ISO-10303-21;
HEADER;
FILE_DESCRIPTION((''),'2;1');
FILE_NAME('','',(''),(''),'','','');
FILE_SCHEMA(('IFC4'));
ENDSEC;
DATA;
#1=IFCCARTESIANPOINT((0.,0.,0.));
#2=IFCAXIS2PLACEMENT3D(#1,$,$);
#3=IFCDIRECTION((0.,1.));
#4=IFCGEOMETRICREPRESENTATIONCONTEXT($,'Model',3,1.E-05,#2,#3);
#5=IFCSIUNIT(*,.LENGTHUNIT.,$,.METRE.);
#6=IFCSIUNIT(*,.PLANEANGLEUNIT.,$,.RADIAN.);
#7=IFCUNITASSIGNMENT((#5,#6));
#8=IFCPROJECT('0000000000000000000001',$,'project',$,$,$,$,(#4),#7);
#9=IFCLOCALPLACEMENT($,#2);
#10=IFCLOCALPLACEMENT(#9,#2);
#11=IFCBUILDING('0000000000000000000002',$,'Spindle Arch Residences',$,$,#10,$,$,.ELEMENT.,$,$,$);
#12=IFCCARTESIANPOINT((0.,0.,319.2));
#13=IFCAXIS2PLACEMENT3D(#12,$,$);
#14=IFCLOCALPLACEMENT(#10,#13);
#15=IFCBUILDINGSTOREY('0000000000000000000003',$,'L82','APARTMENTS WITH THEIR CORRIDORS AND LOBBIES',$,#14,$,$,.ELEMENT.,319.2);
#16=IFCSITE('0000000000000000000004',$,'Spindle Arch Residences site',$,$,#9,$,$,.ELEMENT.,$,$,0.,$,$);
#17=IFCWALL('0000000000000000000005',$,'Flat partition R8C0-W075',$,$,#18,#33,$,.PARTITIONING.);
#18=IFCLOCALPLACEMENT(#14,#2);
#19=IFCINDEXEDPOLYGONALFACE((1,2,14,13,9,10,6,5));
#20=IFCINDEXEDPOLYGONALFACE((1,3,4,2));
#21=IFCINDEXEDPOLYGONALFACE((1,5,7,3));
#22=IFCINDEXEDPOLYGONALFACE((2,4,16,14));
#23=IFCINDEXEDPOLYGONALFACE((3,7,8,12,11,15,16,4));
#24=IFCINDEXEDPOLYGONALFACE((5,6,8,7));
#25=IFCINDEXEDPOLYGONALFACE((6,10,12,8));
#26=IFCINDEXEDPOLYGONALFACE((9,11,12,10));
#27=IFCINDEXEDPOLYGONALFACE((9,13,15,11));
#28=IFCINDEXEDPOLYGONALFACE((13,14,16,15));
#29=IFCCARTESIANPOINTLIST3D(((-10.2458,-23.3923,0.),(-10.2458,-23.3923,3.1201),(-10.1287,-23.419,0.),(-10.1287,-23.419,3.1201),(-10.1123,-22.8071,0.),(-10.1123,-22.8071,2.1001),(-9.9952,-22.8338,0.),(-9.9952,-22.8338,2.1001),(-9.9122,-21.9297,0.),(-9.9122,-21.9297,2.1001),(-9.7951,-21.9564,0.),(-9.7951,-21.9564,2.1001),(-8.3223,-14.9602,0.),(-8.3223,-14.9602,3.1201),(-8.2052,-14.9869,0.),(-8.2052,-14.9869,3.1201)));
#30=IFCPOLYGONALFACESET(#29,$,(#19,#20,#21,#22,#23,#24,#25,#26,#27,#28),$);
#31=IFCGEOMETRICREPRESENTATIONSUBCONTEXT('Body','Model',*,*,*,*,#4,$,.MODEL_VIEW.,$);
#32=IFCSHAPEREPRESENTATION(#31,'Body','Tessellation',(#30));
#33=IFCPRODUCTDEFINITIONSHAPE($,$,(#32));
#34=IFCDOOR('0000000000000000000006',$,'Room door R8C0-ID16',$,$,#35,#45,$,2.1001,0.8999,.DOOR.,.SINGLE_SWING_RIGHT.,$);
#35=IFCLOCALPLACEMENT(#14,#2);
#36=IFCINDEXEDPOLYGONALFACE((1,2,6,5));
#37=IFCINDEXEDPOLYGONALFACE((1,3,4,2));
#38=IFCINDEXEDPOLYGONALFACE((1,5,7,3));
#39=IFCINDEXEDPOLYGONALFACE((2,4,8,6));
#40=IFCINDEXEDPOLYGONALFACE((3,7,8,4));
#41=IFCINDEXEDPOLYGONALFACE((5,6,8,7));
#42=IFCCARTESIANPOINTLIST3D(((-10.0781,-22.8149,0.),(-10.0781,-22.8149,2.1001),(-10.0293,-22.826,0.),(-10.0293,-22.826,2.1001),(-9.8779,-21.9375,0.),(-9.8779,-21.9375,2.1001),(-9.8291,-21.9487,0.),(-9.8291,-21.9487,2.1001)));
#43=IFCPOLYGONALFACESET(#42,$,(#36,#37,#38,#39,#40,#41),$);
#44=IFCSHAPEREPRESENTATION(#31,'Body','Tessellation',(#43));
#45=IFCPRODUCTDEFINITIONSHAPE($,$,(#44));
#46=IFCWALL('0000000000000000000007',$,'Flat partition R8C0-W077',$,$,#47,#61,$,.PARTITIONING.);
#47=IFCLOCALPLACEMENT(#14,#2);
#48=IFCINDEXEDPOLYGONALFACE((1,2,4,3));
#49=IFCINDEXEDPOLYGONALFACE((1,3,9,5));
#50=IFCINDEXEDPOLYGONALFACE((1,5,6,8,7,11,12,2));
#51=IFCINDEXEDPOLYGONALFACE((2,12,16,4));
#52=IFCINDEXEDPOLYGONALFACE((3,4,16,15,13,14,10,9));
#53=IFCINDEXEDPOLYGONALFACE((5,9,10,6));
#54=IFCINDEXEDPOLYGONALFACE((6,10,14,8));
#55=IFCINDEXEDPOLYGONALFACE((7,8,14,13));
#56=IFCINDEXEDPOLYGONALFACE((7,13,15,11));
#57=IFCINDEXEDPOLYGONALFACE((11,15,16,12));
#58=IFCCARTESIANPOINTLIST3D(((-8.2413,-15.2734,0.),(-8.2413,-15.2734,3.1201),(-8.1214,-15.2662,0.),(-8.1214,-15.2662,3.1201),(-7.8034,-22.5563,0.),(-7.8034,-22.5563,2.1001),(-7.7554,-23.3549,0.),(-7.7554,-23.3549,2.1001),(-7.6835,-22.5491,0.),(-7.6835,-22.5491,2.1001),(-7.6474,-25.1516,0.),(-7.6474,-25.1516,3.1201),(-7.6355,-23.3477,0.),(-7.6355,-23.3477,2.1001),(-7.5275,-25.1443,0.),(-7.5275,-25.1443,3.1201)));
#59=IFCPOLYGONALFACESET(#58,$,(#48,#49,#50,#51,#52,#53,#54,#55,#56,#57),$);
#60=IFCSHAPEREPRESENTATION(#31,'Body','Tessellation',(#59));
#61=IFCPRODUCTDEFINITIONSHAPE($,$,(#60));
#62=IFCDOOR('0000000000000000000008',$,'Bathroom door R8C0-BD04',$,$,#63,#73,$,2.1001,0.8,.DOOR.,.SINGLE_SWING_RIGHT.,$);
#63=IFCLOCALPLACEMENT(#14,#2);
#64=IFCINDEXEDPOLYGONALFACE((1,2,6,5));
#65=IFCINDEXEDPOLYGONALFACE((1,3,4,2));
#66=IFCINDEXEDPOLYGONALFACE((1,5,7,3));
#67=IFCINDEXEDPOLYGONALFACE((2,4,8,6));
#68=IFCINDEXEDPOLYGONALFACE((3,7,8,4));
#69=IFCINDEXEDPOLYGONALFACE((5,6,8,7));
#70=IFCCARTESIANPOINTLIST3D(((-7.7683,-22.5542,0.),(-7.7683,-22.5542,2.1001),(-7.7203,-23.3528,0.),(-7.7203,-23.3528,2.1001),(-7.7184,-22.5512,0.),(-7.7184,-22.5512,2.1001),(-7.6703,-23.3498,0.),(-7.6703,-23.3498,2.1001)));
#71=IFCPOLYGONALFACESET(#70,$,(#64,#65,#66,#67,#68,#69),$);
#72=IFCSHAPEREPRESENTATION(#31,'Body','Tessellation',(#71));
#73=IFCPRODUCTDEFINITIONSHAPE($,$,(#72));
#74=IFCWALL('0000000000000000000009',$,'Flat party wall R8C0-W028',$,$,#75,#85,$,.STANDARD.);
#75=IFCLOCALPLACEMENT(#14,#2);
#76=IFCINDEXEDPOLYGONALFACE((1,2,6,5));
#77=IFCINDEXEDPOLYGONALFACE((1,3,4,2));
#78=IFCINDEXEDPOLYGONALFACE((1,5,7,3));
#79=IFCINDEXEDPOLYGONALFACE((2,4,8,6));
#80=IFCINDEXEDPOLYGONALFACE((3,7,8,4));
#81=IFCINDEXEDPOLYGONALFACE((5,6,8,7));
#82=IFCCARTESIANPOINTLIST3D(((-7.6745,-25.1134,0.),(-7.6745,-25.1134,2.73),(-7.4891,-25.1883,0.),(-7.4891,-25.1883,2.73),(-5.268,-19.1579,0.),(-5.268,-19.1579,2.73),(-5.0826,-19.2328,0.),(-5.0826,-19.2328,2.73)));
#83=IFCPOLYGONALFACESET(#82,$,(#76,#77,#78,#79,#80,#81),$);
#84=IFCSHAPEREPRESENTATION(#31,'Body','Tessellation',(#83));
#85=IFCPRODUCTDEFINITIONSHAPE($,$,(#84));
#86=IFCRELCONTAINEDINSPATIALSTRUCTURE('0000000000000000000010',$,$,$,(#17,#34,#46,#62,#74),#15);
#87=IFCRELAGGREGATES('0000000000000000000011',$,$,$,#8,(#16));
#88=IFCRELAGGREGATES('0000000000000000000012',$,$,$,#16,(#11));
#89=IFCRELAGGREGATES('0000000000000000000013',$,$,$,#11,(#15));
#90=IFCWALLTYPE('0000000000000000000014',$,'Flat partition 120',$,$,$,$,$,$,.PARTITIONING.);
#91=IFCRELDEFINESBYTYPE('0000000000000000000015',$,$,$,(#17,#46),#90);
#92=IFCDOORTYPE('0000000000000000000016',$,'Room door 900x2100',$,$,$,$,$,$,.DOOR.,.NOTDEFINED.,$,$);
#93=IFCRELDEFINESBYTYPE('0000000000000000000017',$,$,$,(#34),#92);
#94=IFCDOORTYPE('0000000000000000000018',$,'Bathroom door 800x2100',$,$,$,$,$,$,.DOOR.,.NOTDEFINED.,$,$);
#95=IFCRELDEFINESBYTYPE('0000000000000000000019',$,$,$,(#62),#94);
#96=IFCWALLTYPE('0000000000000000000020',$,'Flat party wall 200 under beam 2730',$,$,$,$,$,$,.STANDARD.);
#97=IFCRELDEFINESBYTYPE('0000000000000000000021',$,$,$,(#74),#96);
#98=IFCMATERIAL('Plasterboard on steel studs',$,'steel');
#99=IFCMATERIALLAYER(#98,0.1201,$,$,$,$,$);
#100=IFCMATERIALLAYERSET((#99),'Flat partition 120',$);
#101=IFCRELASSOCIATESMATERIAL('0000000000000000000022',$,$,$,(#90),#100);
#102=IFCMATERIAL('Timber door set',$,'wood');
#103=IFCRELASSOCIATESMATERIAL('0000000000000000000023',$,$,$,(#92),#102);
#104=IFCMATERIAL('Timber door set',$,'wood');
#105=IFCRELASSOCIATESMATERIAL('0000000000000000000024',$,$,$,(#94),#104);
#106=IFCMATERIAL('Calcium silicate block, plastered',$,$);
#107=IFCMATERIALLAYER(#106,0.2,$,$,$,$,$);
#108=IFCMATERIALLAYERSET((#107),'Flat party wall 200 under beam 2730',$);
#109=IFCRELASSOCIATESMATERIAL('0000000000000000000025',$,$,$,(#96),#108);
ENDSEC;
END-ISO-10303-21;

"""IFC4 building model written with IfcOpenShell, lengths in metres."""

from ifc_helpers import new_model, si_unit, direction, frame, frame_2d, origin, place, context, subcontext, project, spatial, rectangle, extrude, material, layer, layer_set, type_object, element, fill, save


model = new_model("IFC4")

# Units and contexts
model_context = context("Model", 3, precision=1e-05, world=origin(), true_north=direction((0.0, 1.0)))
body_context = subcontext(model_context, "Body", "Model", "MODEL_VIEW")
ifc_project = project(units=[si_unit("LENGTHUNIT", "METRE"), si_unit("PLANEANGLEUNIT", "RADIAN")], contexts=[model_context])

# Site, building, storey
site_placement = place(None, origin())
site = spatial("IfcSite", under=ifc_project, at=site_placement, Name="Spindle Arch Residences site", CompositionType="ELEMENT", RefElevation=0.0)
building_placement = place(site_placement, origin())
building = spatial("IfcBuilding", under=site, at=building_placement, Name="Spindle Arch Residences", CompositionType="ELEMENT")
storey_placement = place(building_placement, frame((0.0, 0.0, 319.2)))
storey = spatial("IfcBuildingStorey", under=building, at=storey_placement, Name="L82", Description="APARTMENTS WITH THEIR CORRIDORS AND LOBBIES", CompositionType="ELEMENT", Elevation=319.2)

# Walls, openings, doors
ifc_material_1 = material(Name="Plasterboard on steel studs", Category="steel")
ifc_layer_1 = layer(ifc_material_1, 0.1201)
ifc_layer_set_1 = layer_set([ifc_layer_1], Name="Flat partition 120")
wall_type_1 = type_object("IfcWallType", Name="Flat partition 120", PredefinedType="PARTITIONING", material=ifc_layer_set_1)
ifc_material_2 = material(Name="Timber door set", Category="wood")
door_type_1 = type_object("IfcDoorType", Name="Room door 900x2100", OperationType="NOTDEFINED", PredefinedType="DOOR", material=ifc_material_2)
wall_1_placement = place(storey_placement, frame((-10.1873, -23.4055, 0.0), z_axis=(0.0, 0.0, 1.0), x_axis=(0.222412, 0.974953, 0.0)))
wall_1 = element("IfcWall", 1, at=wall_1_placement, inside=storey, type_object=wall_type_1, Name="Flat partition R8C0-W075", PredefinedType="PARTITIONING", context=body_context, shape_type="SweptSolid", body=[
    extrude(rectangle(XDim=8.6487, YDim=0.1201, at=frame_2d((4.3242, 0.0))), origin(), (0.0, 0.0, 1.0), 3.1201),
])
opening_1_placement = place(wall_1_placement, frame((0.6001, 0.0, 0.0)))
opening_1 = element("IfcOpeningElement", 2, at=opening_1_placement, cuts=wall_1, PredefinedType="OPENING", context=body_context, shape_type="SweptSolid", body=[
    extrude(rectangle(XDim=0.8999, YDim=2.1001, at=frame_2d((0.45, 1.05))), frame((0.0, 0.0701, 0.0), z_axis=(0.0, -1.0, 0.0), x_axis=(1.0, 0.0, 0.0)), (0.0, 0.0, 1.0), 0.1401),
])
door_1_placement = place(opening_1_placement, origin())
door_1 = element("IfcDoor", 3, at=door_1_placement, inside=storey, type_object=door_type_1, Name="Room door R8C0-ID16", OperationType="SINGLE_SWING_RIGHT", OverallHeight=2.1001, OverallWidth=0.8999, PredefinedType="DOOR", context=body_context, shape_type="SweptSolid", body=[
    extrude(rectangle(XDim=0.8999, YDim=2.1001, at=frame_2d((0.45, 1.05))), frame((0.0, 0.0249, 0.0), z_axis=(0.0, -1.0, 0.0), x_axis=(1.0, 0.0, 0.0)), (0.0, 0.0, 1.0), 0.05),
])
fill(opening_1, door_1)
wall_2_placement = place(storey_placement, frame((-7.5874, -25.1479, 0.0), z_axis=(0.0, 0.0, 1.0), x_axis=(-0.060024, 0.998197, 0.0)))
wall_2 = element("IfcWall", 4, at=wall_2_placement, inside=storey, type_object=wall_type_1, Name="Flat partition R8C0-W077", PredefinedType="PARTITIONING", context=body_context, shape_type="SweptSolid", body=[
    extrude(rectangle(XDim=9.896, YDim=0.1201, at=frame_2d((4.948, 0.0))), origin(), (0.0, 0.0, 1.0), 3.1201),
])
opening_2_placement = place(wall_2_placement, frame((1.8, 0.0, 0.0)))
opening_2 = element("IfcOpeningElement", 5, at=opening_2_placement, cuts=wall_2, PredefinedType="OPENING", context=body_context, shape_type="SweptSolid", body=[
    extrude(rectangle(XDim=0.8, YDim=2.1001, at=frame_2d((0.3999, 1.05))), frame((0.0, 0.0701, 0.0), z_axis=(0.0, -1.0, 0.0), x_axis=(1.0, 0.0, 0.0)), (0.0, 0.0, 1.0), 0.1401),
])
ifc_material_3 = material(Name="Timber door set", Category="wood")
door_type_2 = type_object("IfcDoorType", Name="Bathroom door 800x2100", OperationType="NOTDEFINED", PredefinedType="DOOR", material=ifc_material_3)
door_2_placement = place(opening_2_placement, origin())
door_2 = element("IfcDoor", 6, at=door_2_placement, inside=storey, type_object=door_type_2, Name="Bathroom door R8C0-BD04", OperationType="SINGLE_SWING_RIGHT", OverallHeight=2.1001, OverallWidth=0.8, PredefinedType="DOOR", context=body_context, shape_type="SweptSolid", body=[
    extrude(rectangle(XDim=0.8, YDim=2.1001, at=frame_2d((0.3999, 1.05))), frame((0.0, 0.0249, 0.0), z_axis=(0.0, -1.0, 0.0), x_axis=(1.0, 0.0, 0.0)), (0.0, 0.0, 1.0), 0.05),
])
fill(opening_2, door_2)

# Wall
ifc_material_4 = material(Name="Calcium silicate block, plastered")
ifc_layer_2 = layer(ifc_material_4, 0.2)
ifc_layer_set_2 = layer_set([ifc_layer_2], Name="Flat party wall 200 under beam 2730")
wall_type_2 = type_object("IfcWallType", Name="Flat party wall 200 under beam 2730", PredefinedType="STANDARD", material=ifc_layer_set_2)
wall_3_placement = place(storey_placement, frame((-7.5818, -25.1509, 0.0), z_axis=(0.0, 0.0, 1.0), x_axis=(0.374645, 0.927168, 0.0)))
element("IfcWall", 7, at=wall_3_placement, inside=storey, type_object=wall_type_2, Name="Flat party wall R8C0-W028", PredefinedType="STANDARD", context=body_context, shape_type="SweptSolid", body=[
    extrude(rectangle(XDim=6.4233, YDim=0.2, at=frame_2d((3.2117, 0.0))), origin(), (0.0, 0.0, 1.0), 2.73),
])

save(model, "model.ifc")
